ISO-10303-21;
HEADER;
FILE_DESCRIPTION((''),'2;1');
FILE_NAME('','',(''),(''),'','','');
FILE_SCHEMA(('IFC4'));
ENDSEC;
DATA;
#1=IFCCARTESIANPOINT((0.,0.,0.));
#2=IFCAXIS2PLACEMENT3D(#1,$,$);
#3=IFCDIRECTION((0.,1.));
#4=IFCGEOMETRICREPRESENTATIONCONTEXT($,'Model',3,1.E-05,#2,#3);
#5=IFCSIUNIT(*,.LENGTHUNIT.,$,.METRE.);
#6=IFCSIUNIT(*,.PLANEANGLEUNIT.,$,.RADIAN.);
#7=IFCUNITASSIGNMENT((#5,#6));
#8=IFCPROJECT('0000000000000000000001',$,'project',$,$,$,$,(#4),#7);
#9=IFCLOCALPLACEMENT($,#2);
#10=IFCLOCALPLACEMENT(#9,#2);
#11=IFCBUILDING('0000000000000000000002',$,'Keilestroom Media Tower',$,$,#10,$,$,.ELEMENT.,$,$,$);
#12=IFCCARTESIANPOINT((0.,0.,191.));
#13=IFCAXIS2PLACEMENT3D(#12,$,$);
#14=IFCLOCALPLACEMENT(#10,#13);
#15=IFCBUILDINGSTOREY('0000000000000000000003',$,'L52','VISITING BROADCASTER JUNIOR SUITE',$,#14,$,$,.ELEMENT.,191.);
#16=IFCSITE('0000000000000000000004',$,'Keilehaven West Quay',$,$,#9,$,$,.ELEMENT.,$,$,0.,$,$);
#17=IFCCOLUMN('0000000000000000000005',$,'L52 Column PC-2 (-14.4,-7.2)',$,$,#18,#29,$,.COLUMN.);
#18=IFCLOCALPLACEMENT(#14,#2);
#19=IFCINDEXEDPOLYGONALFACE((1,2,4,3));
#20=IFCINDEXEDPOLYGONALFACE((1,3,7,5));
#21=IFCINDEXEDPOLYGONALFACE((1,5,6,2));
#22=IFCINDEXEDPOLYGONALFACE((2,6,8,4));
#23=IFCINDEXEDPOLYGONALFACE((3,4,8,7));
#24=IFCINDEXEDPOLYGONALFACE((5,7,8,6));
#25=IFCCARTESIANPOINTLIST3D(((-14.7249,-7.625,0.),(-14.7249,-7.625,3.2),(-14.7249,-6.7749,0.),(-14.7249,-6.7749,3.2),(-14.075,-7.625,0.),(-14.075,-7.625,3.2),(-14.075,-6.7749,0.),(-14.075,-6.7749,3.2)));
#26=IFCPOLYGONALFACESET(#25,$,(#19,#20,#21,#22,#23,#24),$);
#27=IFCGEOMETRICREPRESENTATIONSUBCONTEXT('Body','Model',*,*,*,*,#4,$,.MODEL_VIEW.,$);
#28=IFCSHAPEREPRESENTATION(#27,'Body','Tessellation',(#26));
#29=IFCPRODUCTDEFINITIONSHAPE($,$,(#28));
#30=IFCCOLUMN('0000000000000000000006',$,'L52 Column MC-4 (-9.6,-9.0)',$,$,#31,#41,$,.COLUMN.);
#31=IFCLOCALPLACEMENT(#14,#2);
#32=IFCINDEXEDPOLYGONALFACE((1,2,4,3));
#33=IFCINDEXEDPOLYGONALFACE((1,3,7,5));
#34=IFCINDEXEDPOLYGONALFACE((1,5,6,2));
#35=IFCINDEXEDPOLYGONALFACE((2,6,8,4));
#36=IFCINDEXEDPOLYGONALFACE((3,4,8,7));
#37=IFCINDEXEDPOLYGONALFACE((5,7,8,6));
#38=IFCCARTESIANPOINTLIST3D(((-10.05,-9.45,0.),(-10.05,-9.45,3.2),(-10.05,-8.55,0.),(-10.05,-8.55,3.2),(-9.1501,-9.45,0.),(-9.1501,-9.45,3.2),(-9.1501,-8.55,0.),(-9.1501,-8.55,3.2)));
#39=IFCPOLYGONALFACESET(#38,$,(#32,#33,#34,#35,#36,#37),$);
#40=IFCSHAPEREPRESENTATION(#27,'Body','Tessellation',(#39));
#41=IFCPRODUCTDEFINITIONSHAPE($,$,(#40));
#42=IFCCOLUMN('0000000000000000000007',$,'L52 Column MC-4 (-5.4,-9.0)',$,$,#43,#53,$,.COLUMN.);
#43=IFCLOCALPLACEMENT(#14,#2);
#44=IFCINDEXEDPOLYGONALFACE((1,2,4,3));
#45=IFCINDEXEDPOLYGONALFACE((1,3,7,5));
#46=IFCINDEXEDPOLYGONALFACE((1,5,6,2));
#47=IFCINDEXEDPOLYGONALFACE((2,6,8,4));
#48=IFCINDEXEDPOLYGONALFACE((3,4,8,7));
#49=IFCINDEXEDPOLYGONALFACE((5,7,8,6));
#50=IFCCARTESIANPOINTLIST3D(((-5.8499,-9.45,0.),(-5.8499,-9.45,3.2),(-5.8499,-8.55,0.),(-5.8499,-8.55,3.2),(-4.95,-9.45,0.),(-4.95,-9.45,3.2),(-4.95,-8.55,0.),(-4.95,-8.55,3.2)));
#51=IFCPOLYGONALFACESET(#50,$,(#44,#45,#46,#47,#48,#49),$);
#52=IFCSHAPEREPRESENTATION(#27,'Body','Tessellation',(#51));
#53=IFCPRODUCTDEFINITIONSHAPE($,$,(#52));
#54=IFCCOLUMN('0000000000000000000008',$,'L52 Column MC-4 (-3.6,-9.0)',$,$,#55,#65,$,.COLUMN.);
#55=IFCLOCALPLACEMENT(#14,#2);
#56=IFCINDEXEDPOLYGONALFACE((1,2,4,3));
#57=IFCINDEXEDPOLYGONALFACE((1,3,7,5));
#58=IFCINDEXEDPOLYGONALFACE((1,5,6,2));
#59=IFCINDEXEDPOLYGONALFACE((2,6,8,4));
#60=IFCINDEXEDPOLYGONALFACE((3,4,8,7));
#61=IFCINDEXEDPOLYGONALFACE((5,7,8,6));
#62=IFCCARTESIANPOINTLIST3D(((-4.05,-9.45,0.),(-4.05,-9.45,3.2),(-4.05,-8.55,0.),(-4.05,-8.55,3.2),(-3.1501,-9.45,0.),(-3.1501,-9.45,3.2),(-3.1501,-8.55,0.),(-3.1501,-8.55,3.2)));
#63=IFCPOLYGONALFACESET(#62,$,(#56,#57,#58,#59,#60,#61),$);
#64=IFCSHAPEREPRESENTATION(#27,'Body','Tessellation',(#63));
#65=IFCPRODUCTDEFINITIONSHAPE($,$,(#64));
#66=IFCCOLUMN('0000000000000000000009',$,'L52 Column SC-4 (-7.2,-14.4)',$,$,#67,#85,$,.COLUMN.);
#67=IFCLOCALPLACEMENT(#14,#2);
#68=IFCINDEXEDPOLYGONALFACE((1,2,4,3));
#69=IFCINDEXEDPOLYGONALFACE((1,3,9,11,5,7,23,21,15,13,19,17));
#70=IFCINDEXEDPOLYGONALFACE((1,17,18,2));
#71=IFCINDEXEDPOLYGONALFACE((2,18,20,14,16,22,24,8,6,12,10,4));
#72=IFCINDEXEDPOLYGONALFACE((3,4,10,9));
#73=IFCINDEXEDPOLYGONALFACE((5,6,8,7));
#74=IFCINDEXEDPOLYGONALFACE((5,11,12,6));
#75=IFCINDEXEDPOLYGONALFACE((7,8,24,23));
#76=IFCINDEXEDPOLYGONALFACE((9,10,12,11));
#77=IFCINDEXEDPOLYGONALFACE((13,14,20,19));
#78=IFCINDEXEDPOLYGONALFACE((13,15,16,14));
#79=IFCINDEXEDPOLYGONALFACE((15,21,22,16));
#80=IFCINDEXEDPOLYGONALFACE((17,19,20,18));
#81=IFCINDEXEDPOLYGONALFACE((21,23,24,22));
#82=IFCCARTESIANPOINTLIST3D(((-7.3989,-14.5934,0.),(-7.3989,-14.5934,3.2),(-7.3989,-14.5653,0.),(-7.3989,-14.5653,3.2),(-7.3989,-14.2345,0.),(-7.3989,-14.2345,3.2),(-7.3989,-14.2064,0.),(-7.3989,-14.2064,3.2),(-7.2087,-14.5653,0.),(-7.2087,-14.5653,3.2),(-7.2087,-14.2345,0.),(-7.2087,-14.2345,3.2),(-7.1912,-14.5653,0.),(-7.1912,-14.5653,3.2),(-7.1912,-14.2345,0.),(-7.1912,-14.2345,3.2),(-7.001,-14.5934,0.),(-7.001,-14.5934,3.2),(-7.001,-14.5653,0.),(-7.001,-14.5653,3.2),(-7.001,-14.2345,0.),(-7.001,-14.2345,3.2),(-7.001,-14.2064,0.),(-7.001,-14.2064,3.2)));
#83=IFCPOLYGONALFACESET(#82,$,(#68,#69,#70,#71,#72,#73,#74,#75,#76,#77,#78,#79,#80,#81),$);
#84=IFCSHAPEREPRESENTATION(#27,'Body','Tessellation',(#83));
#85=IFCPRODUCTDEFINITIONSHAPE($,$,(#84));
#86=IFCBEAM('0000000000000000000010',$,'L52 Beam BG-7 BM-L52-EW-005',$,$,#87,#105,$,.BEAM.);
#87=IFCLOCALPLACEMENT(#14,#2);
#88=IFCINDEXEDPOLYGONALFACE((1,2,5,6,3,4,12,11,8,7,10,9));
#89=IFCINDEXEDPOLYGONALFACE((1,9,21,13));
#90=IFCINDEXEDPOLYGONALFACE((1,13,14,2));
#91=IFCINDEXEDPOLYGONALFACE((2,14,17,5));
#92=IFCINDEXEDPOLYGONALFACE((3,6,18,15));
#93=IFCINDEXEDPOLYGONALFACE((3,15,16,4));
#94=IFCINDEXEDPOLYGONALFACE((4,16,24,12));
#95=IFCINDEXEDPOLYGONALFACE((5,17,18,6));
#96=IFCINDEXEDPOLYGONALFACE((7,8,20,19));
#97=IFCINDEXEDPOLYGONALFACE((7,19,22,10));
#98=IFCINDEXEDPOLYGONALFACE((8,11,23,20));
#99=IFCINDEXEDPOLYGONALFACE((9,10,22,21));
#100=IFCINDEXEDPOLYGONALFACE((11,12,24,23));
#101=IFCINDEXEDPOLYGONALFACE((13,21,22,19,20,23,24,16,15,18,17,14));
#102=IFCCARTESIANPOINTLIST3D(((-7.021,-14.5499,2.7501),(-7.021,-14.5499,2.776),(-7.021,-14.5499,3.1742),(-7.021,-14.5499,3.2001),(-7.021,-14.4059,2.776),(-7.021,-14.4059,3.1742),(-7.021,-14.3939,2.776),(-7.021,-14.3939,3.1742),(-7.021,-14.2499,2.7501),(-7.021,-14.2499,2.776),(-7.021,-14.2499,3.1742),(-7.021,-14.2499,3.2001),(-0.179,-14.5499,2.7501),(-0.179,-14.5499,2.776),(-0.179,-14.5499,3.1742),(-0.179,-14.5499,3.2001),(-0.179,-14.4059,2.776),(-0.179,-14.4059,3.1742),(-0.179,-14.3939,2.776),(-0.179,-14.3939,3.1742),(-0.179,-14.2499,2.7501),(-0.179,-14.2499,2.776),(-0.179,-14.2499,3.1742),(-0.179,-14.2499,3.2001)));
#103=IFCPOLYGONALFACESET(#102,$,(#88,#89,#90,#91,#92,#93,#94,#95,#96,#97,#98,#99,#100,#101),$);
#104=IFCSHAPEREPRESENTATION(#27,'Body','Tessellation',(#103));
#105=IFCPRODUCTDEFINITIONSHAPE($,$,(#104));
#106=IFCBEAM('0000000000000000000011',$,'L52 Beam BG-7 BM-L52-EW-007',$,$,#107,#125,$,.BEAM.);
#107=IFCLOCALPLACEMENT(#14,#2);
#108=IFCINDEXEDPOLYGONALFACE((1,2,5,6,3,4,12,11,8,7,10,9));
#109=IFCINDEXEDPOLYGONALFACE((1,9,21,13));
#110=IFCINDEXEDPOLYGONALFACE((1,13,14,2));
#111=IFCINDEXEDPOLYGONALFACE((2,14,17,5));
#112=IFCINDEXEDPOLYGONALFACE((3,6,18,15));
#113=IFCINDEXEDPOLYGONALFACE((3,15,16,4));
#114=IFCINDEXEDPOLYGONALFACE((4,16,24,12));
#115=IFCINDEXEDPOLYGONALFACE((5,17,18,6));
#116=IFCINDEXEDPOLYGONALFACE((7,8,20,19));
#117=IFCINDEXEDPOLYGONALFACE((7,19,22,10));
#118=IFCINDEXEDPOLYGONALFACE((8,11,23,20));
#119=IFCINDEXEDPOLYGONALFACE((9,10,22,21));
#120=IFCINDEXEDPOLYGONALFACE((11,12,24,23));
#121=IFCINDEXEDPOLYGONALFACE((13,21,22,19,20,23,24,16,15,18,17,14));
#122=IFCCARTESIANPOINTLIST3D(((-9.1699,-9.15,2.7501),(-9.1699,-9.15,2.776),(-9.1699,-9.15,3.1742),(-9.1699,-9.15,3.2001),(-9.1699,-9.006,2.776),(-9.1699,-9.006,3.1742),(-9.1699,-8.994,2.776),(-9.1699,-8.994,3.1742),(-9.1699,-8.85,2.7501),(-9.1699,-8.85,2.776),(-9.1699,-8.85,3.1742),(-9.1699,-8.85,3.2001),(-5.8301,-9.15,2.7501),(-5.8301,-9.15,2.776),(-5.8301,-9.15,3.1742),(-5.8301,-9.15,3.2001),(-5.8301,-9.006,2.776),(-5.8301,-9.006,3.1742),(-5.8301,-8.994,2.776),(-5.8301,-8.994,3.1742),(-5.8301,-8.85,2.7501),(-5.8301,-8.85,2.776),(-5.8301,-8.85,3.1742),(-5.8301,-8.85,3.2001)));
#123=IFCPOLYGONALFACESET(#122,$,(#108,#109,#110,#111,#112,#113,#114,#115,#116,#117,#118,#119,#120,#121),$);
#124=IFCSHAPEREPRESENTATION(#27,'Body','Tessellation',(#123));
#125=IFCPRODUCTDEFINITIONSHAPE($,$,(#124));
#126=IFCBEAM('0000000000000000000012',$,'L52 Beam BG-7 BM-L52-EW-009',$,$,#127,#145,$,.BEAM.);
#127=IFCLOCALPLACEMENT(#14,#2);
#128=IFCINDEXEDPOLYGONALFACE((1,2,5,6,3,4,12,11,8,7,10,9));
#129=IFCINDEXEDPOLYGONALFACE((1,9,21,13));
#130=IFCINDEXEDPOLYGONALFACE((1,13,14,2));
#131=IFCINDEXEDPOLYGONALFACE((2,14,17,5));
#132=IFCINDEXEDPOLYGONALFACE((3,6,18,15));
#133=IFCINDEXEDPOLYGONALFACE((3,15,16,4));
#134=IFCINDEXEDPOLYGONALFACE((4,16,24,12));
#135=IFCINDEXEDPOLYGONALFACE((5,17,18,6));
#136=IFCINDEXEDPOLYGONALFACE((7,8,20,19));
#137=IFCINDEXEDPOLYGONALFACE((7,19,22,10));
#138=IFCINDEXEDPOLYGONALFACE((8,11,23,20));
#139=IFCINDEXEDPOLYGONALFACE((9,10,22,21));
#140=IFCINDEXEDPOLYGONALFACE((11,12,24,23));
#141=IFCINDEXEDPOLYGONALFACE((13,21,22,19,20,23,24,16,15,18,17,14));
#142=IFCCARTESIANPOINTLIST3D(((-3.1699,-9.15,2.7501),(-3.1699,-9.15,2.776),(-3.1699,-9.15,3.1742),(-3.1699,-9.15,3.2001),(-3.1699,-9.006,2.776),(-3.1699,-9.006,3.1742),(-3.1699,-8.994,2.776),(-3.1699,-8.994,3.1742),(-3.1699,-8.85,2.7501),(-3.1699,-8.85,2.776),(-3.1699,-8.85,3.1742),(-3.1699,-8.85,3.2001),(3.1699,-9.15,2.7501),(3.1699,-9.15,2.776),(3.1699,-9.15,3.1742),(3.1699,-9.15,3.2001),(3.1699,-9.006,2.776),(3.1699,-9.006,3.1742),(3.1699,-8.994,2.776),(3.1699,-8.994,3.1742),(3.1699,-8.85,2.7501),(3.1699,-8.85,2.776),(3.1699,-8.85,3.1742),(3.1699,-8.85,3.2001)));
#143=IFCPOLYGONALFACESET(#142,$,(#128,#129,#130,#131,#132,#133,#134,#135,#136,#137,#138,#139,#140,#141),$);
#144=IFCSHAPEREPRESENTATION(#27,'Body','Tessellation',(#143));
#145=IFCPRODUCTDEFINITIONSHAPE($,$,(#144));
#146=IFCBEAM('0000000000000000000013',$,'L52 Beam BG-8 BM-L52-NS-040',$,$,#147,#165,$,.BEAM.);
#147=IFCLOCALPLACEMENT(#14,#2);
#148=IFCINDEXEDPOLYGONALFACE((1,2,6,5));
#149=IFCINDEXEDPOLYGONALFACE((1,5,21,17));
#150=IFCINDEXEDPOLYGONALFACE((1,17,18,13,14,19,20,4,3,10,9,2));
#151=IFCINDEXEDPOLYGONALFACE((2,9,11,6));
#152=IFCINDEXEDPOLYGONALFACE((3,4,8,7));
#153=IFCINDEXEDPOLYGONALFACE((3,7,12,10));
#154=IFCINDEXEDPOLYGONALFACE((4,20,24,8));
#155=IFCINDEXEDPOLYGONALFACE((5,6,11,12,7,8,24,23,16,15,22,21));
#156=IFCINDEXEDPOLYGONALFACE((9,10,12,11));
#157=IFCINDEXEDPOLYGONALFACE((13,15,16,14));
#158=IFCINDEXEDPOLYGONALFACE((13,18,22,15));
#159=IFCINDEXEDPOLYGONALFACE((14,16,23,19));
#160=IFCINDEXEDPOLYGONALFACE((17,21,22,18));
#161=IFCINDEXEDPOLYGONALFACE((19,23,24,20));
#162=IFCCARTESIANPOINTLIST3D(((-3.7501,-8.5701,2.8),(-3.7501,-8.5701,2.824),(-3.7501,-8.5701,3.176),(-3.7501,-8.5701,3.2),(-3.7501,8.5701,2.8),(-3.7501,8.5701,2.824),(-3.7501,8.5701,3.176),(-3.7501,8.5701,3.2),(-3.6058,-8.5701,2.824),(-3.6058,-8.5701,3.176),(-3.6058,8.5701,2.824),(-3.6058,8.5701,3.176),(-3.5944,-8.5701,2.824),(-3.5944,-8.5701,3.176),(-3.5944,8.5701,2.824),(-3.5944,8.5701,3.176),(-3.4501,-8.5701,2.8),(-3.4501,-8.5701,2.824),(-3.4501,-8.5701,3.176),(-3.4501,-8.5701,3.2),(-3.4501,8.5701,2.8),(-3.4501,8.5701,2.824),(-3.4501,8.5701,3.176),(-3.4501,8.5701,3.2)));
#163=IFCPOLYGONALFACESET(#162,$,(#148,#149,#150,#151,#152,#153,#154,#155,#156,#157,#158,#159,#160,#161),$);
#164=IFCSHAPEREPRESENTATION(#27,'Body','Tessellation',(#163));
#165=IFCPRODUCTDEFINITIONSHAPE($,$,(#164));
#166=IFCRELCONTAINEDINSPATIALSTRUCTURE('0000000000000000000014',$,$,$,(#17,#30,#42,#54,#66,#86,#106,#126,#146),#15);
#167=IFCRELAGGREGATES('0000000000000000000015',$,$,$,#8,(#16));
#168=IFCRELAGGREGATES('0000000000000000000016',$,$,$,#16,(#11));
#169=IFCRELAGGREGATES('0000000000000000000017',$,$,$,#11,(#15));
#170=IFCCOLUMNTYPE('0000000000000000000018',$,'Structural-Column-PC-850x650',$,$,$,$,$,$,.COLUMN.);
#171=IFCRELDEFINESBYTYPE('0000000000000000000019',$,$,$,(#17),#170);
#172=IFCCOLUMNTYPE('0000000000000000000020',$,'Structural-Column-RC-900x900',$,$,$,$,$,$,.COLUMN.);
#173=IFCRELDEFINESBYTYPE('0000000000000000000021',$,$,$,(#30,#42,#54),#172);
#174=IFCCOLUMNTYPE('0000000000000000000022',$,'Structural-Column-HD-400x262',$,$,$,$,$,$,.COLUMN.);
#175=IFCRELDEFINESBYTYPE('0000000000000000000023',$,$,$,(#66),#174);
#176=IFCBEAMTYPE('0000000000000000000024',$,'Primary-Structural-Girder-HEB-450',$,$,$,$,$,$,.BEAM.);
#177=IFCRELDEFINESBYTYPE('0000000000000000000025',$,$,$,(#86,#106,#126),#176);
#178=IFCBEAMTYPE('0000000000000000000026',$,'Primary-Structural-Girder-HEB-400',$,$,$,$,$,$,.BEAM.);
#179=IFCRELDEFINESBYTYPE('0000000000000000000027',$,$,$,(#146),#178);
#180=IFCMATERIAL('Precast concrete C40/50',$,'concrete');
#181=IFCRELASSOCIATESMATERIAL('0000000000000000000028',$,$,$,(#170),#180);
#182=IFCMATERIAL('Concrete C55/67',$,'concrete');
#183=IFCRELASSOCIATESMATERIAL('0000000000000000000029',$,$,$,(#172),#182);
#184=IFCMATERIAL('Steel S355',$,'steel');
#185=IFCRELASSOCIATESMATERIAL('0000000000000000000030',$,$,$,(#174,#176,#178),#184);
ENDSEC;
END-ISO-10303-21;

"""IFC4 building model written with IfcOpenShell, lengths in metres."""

from ifc_helpers import new_model, si_unit, direction, frame, origin, origin_2d, place, context, subcontext, project, spatial, rectangle, i_section, extrude, source, transform, mapped, material, material_profile, profile_set, type_object, element, save


model = new_model("IFC4")

# Units and contexts
model_context = context("Model", 3, precision=1e-05, world=origin(), true_north=direction((0.0, 1.0)))
body_context = subcontext(model_context, "Body", "Model", "MODEL_VIEW")
ifc_project = project(units=[si_unit("LENGTHUNIT", "METRE"), si_unit("PLANEANGLEUNIT", "RADIAN")], contexts=[model_context])

# Site, building, storey
site_placement = place(None, origin())
site = spatial("IfcSite", under=ifc_project, at=site_placement, Name="Keilehaven West Quay", CompositionType="ELEMENT", RefElevation=0.0)
building_placement = place(site_placement, origin())
building = spatial("IfcBuilding", under=site, at=building_placement, Name="Keilestroom Media Tower", CompositionType="ELEMENT")
storey_placement = place(building_placement, frame((0.0, 0.0, 191.0)))
storey = spatial("IfcBuildingStorey", under=building, at=storey_placement, Name="L52", Description="VISITING BROADCASTER JUNIOR SUITE", CompositionType="ELEMENT", Elevation=191.0)

# Columns
ifc_material_1 = material(Name="Precast concrete C40/50", Category="concrete")
ifc_material_profile_1 = material_profile(ifc_material_1, rectangle(XDim=0.6499, YDim=0.8501, at=origin_2d()), Name="PC 850x650")
ifc_profile_set_1 = profile_set([ifc_material_profile_1], Name="Precast concrete C40/50")
column_type_1 = type_object("IfcColumnType", Name="Structural-Column-PC-850x650", PredefinedType="COLUMN", material=ifc_profile_set_1)
shared_shape_1 = source(origin(), body_context, "Body", "SweptSolid", [
    extrude(rectangle(XDim=0.6499, YDim=0.8501, at=origin_2d()), origin(), (0.0, 0.0, 1.0), 3.2),
])
column_1_placement = place(storey_placement, frame((-14.3999, -7.2, 0.0), z_axis=(0.0, 0.0, 1.0), x_axis=(1.0, 0.0, 0.0)))
element("IfcColumn", 1, at=column_1_placement, inside=storey, type_object=column_type_1, Name="L52 Column PC-2 (-14.4,-7.2)", PredefinedType="COLUMN", context=body_context, shape_type="MappedRepresentation", body=[
    mapped(shared_shape_1, transform((0.0, 0.0, 0.0), x_axis=(1.0, 0.0, 0.0), y_axis=(0.0, 1.0, 0.0), z_axis=(0.0, 0.0, 1.0), scale=1.0)),
])
ifc_material_2 = material(Name="Concrete C55/67", Category="concrete")
ifc_material_profile_2 = material_profile(ifc_material_2, rectangle(XDim=0.8999, YDim=0.8999, at=origin_2d()), Name="RC 900x900")
ifc_profile_set_2 = profile_set([ifc_material_profile_2], Name="Concrete C55/67")
column_type_2 = type_object("IfcColumnType", Name="Structural-Column-RC-900x900", PredefinedType="COLUMN", material=ifc_profile_set_2)
shared_shape_2 = source(origin(), body_context, "Body", "SweptSolid", [
    extrude(rectangle(XDim=0.8999, YDim=0.8999, at=origin_2d()), origin(), (0.0, 0.0, 1.0), 3.2),
])
for number, where, z_axis, x_axis, name in (
    (2, (-9.6001, -9.0, 0.0), (0.0, 0.0, 1.0), (1.0, 0.0, 0.0), "L52 Column MC-4 (-9.6,-9.0)"),
    (3, (-5.3999, -9.0, 0.0), (0.0, 0.0, 1.0), (1.0, 0.0, 0.0), "L52 Column MC-4 (-5.4,-9.0)"),
    (4, (-3.6001, -9.0, 0.0), (0.0, 0.0, 1.0), (1.0, 0.0, 0.0), "L52 Column MC-4 (-3.6,-9.0)"),
):
    element("IfcColumn", number, at=place(storey_placement, frame(where, z_axis=z_axis, x_axis=x_axis)), inside=storey, type_object=column_type_2, Name=name, PredefinedType="COLUMN", context=body_context, shape_type="MappedRepresentation", body=[
        mapped(shared_shape_2, transform((0.0, 0.0, 0.0), x_axis=(1.0, 0.0, 0.0), y_axis=(0.0, 1.0, 0.0), z_axis=(0.0, 0.0, 1.0), scale=1.0)),
    ])
ifc_material_3 = material(Name="Steel S355", Category="steel")
ifc_material_profile_3 = material_profile(ifc_material_3, i_section(OverallWidth=0.3979, OverallDepth=0.387, WebThickness=0.0176, FlangeThickness=0.0281, at=origin_2d()), Name="HD 400x262")
ifc_profile_set_3 = profile_set([ifc_material_profile_3], Name="Steel S355")
column_type_3 = type_object("IfcColumnType", Name="Structural-Column-HD-400x262", PredefinedType="COLUMN", material=ifc_profile_set_3)
shared_shape_3 = source(origin(), body_context, "Body", "SweptSolid", [
    extrude(i_section(OverallWidth=0.3979, OverallDepth=0.387, WebThickness=0.0176, FlangeThickness=0.0281, at=origin_2d()), origin(), (0.0, 0.0, 1.0), 3.2),
])
column_2_placement = place(storey_placement, frame((-7.2, -14.3999, 0.0), z_axis=(0.0, 0.0, 1.0), x_axis=(1.0, 0.0, 0.0)))
element("IfcColumn", 5, at=column_2_placement, inside=storey, type_object=column_type_3, Name="L52 Column SC-4 (-7.2,-14.4)", PredefinedType="COLUMN", context=body_context, shape_type="MappedRepresentation", body=[
    mapped(shared_shape_3, transform((0.0, 0.0, 0.0), x_axis=(1.0, 0.0, 0.0), y_axis=(0.0, 1.0, 0.0), z_axis=(0.0, 0.0, 1.0), scale=1.0)),
])

# Beams
ifc_material_profile_4 = material_profile(ifc_material_3, i_section(OverallWidth=0.3, OverallDepth=0.45, WebThickness=0.012, FlangeThickness=0.0259, at=origin_2d()), Name="HEB 450")
ifc_profile_set_4 = profile_set([ifc_material_profile_4], Name="Steel S355")
beam_type_1 = type_object("IfcBeamType", Name="Primary-Structural-Girder-HEB-450", PredefinedType="BEAM", material=ifc_profile_set_4)
shared_shape_4 = source(origin(), body_context, "Body", "SweptSolid", [
    extrude(i_section(OverallWidth=0.3, OverallDepth=0.45, WebThickness=0.012, FlangeThickness=0.0259, at=origin_2d()), origin(), (0.0, 0.0, 1.0), 6.842),
])
beam_1_placement = place(storey_placement, frame((-7.021, -14.3999, 2.9751), z_axis=(1.0, 0.0, 0.0), x_axis=(0.0, 1.0, 0.0)))
element("IfcBeam", 6, at=beam_1_placement, inside=storey, type_object=beam_type_1, Name="L52 Beam BG-7 BM-L52-EW-005", PredefinedType="BEAM", context=body_context, shape_type="MappedRepresentation", body=[
    mapped(shared_shape_4, transform((0.0, 0.0, 0.0), x_axis=(1.0, 0.0, 0.0), y_axis=(0.0, 1.0, 0.0), z_axis=(0.0, 0.0, 1.0), scale=1.0)),
])
shared_shape_5 = source(origin(), body_context, "Body", "SweptSolid", [
    extrude(i_section(OverallWidth=0.3, OverallDepth=0.45, WebThickness=0.012, FlangeThickness=0.0259, at=origin_2d()), origin(), (0.0, 0.0, 1.0), 3.3398),
])
beam_2_placement = place(storey_placement, frame((-9.1699, -9.0, 2.9751), z_axis=(1.0, 0.0, 0.0), x_axis=(0.0, 1.0, 0.0)))
element("IfcBeam", 7, at=beam_2_placement, inside=storey, type_object=beam_type_1, Name="L52 Beam BG-7 BM-L52-EW-007", PredefinedType="BEAM", context=body_context, shape_type="MappedRepresentation", body=[
    mapped(shared_shape_5, transform((0.0, 0.0, 0.0), x_axis=(1.0, 0.0, 0.0), y_axis=(0.0, 1.0, 0.0), z_axis=(0.0, 0.0, 1.0), scale=1.0)),
])
shared_shape_6 = source(origin(), body_context, "Body", "SweptSolid", [
    extrude(i_section(OverallWidth=0.3, OverallDepth=0.45, WebThickness=0.012, FlangeThickness=0.0259, at=origin_2d()), origin(), (0.0, 0.0, 1.0), 6.3398),
])
beam_3_placement = place(storey_placement, frame((-3.1699, -9.0, 2.9751), z_axis=(1.0, 0.0, 0.0), x_axis=(0.0, 1.0, 0.0)))
element("IfcBeam", 8, at=beam_3_placement, inside=storey, type_object=beam_type_1, Name="L52 Beam BG-7 BM-L52-EW-009", PredefinedType="BEAM", context=body_context, shape_type="MappedRepresentation", body=[
    mapped(shared_shape_6, transform((0.0, 0.0, 0.0), x_axis=(1.0, 0.0, 0.0), y_axis=(0.0, 1.0, 0.0), z_axis=(0.0, 0.0, 1.0), scale=1.0)),
])
ifc_material_profile_5 = material_profile(ifc_material_3, i_section(OverallWidth=0.3, OverallDepth=0.3999, WebThickness=0.0115, FlangeThickness=0.0239, at=origin_2d()), Name="HEB 400")
ifc_profile_set_5 = profile_set([ifc_material_profile_5], Name="Steel S355")
beam_type_2 = type_object("IfcBeamType", Name="Primary-Structural-Girder-HEB-400", PredefinedType="BEAM", material=ifc_profile_set_5)
shared_shape_7 = source(origin(), body_context, "Body", "SweptSolid", [
    extrude(i_section(OverallWidth=0.3, OverallDepth=0.3999, WebThickness=0.0115, FlangeThickness=0.0239, at=origin_2d()), origin(), (0.0, 0.0, 1.0), 17.1401),
])
beam_4_placement = place(storey_placement, frame((-3.6001, -8.5701, 3.0), z_axis=(0.0, 1.0, 0.0), x_axis=(-1.0, 0.0, 0.0)))
element("IfcBeam", 9, at=beam_4_placement, inside=storey, type_object=beam_type_2, Name="L52 Beam BG-8 BM-L52-NS-040", PredefinedType="BEAM", context=body_context, shape_type="MappedRepresentation", body=[
    mapped(shared_shape_7, transform((0.0, 0.0, 0.0), x_axis=(1.0, 0.0, 0.0), y_axis=(0.0, 1.0, 0.0), z_axis=(0.0, 0.0, 1.0), scale=1.0)),
])

save(model, "model.ifc")
